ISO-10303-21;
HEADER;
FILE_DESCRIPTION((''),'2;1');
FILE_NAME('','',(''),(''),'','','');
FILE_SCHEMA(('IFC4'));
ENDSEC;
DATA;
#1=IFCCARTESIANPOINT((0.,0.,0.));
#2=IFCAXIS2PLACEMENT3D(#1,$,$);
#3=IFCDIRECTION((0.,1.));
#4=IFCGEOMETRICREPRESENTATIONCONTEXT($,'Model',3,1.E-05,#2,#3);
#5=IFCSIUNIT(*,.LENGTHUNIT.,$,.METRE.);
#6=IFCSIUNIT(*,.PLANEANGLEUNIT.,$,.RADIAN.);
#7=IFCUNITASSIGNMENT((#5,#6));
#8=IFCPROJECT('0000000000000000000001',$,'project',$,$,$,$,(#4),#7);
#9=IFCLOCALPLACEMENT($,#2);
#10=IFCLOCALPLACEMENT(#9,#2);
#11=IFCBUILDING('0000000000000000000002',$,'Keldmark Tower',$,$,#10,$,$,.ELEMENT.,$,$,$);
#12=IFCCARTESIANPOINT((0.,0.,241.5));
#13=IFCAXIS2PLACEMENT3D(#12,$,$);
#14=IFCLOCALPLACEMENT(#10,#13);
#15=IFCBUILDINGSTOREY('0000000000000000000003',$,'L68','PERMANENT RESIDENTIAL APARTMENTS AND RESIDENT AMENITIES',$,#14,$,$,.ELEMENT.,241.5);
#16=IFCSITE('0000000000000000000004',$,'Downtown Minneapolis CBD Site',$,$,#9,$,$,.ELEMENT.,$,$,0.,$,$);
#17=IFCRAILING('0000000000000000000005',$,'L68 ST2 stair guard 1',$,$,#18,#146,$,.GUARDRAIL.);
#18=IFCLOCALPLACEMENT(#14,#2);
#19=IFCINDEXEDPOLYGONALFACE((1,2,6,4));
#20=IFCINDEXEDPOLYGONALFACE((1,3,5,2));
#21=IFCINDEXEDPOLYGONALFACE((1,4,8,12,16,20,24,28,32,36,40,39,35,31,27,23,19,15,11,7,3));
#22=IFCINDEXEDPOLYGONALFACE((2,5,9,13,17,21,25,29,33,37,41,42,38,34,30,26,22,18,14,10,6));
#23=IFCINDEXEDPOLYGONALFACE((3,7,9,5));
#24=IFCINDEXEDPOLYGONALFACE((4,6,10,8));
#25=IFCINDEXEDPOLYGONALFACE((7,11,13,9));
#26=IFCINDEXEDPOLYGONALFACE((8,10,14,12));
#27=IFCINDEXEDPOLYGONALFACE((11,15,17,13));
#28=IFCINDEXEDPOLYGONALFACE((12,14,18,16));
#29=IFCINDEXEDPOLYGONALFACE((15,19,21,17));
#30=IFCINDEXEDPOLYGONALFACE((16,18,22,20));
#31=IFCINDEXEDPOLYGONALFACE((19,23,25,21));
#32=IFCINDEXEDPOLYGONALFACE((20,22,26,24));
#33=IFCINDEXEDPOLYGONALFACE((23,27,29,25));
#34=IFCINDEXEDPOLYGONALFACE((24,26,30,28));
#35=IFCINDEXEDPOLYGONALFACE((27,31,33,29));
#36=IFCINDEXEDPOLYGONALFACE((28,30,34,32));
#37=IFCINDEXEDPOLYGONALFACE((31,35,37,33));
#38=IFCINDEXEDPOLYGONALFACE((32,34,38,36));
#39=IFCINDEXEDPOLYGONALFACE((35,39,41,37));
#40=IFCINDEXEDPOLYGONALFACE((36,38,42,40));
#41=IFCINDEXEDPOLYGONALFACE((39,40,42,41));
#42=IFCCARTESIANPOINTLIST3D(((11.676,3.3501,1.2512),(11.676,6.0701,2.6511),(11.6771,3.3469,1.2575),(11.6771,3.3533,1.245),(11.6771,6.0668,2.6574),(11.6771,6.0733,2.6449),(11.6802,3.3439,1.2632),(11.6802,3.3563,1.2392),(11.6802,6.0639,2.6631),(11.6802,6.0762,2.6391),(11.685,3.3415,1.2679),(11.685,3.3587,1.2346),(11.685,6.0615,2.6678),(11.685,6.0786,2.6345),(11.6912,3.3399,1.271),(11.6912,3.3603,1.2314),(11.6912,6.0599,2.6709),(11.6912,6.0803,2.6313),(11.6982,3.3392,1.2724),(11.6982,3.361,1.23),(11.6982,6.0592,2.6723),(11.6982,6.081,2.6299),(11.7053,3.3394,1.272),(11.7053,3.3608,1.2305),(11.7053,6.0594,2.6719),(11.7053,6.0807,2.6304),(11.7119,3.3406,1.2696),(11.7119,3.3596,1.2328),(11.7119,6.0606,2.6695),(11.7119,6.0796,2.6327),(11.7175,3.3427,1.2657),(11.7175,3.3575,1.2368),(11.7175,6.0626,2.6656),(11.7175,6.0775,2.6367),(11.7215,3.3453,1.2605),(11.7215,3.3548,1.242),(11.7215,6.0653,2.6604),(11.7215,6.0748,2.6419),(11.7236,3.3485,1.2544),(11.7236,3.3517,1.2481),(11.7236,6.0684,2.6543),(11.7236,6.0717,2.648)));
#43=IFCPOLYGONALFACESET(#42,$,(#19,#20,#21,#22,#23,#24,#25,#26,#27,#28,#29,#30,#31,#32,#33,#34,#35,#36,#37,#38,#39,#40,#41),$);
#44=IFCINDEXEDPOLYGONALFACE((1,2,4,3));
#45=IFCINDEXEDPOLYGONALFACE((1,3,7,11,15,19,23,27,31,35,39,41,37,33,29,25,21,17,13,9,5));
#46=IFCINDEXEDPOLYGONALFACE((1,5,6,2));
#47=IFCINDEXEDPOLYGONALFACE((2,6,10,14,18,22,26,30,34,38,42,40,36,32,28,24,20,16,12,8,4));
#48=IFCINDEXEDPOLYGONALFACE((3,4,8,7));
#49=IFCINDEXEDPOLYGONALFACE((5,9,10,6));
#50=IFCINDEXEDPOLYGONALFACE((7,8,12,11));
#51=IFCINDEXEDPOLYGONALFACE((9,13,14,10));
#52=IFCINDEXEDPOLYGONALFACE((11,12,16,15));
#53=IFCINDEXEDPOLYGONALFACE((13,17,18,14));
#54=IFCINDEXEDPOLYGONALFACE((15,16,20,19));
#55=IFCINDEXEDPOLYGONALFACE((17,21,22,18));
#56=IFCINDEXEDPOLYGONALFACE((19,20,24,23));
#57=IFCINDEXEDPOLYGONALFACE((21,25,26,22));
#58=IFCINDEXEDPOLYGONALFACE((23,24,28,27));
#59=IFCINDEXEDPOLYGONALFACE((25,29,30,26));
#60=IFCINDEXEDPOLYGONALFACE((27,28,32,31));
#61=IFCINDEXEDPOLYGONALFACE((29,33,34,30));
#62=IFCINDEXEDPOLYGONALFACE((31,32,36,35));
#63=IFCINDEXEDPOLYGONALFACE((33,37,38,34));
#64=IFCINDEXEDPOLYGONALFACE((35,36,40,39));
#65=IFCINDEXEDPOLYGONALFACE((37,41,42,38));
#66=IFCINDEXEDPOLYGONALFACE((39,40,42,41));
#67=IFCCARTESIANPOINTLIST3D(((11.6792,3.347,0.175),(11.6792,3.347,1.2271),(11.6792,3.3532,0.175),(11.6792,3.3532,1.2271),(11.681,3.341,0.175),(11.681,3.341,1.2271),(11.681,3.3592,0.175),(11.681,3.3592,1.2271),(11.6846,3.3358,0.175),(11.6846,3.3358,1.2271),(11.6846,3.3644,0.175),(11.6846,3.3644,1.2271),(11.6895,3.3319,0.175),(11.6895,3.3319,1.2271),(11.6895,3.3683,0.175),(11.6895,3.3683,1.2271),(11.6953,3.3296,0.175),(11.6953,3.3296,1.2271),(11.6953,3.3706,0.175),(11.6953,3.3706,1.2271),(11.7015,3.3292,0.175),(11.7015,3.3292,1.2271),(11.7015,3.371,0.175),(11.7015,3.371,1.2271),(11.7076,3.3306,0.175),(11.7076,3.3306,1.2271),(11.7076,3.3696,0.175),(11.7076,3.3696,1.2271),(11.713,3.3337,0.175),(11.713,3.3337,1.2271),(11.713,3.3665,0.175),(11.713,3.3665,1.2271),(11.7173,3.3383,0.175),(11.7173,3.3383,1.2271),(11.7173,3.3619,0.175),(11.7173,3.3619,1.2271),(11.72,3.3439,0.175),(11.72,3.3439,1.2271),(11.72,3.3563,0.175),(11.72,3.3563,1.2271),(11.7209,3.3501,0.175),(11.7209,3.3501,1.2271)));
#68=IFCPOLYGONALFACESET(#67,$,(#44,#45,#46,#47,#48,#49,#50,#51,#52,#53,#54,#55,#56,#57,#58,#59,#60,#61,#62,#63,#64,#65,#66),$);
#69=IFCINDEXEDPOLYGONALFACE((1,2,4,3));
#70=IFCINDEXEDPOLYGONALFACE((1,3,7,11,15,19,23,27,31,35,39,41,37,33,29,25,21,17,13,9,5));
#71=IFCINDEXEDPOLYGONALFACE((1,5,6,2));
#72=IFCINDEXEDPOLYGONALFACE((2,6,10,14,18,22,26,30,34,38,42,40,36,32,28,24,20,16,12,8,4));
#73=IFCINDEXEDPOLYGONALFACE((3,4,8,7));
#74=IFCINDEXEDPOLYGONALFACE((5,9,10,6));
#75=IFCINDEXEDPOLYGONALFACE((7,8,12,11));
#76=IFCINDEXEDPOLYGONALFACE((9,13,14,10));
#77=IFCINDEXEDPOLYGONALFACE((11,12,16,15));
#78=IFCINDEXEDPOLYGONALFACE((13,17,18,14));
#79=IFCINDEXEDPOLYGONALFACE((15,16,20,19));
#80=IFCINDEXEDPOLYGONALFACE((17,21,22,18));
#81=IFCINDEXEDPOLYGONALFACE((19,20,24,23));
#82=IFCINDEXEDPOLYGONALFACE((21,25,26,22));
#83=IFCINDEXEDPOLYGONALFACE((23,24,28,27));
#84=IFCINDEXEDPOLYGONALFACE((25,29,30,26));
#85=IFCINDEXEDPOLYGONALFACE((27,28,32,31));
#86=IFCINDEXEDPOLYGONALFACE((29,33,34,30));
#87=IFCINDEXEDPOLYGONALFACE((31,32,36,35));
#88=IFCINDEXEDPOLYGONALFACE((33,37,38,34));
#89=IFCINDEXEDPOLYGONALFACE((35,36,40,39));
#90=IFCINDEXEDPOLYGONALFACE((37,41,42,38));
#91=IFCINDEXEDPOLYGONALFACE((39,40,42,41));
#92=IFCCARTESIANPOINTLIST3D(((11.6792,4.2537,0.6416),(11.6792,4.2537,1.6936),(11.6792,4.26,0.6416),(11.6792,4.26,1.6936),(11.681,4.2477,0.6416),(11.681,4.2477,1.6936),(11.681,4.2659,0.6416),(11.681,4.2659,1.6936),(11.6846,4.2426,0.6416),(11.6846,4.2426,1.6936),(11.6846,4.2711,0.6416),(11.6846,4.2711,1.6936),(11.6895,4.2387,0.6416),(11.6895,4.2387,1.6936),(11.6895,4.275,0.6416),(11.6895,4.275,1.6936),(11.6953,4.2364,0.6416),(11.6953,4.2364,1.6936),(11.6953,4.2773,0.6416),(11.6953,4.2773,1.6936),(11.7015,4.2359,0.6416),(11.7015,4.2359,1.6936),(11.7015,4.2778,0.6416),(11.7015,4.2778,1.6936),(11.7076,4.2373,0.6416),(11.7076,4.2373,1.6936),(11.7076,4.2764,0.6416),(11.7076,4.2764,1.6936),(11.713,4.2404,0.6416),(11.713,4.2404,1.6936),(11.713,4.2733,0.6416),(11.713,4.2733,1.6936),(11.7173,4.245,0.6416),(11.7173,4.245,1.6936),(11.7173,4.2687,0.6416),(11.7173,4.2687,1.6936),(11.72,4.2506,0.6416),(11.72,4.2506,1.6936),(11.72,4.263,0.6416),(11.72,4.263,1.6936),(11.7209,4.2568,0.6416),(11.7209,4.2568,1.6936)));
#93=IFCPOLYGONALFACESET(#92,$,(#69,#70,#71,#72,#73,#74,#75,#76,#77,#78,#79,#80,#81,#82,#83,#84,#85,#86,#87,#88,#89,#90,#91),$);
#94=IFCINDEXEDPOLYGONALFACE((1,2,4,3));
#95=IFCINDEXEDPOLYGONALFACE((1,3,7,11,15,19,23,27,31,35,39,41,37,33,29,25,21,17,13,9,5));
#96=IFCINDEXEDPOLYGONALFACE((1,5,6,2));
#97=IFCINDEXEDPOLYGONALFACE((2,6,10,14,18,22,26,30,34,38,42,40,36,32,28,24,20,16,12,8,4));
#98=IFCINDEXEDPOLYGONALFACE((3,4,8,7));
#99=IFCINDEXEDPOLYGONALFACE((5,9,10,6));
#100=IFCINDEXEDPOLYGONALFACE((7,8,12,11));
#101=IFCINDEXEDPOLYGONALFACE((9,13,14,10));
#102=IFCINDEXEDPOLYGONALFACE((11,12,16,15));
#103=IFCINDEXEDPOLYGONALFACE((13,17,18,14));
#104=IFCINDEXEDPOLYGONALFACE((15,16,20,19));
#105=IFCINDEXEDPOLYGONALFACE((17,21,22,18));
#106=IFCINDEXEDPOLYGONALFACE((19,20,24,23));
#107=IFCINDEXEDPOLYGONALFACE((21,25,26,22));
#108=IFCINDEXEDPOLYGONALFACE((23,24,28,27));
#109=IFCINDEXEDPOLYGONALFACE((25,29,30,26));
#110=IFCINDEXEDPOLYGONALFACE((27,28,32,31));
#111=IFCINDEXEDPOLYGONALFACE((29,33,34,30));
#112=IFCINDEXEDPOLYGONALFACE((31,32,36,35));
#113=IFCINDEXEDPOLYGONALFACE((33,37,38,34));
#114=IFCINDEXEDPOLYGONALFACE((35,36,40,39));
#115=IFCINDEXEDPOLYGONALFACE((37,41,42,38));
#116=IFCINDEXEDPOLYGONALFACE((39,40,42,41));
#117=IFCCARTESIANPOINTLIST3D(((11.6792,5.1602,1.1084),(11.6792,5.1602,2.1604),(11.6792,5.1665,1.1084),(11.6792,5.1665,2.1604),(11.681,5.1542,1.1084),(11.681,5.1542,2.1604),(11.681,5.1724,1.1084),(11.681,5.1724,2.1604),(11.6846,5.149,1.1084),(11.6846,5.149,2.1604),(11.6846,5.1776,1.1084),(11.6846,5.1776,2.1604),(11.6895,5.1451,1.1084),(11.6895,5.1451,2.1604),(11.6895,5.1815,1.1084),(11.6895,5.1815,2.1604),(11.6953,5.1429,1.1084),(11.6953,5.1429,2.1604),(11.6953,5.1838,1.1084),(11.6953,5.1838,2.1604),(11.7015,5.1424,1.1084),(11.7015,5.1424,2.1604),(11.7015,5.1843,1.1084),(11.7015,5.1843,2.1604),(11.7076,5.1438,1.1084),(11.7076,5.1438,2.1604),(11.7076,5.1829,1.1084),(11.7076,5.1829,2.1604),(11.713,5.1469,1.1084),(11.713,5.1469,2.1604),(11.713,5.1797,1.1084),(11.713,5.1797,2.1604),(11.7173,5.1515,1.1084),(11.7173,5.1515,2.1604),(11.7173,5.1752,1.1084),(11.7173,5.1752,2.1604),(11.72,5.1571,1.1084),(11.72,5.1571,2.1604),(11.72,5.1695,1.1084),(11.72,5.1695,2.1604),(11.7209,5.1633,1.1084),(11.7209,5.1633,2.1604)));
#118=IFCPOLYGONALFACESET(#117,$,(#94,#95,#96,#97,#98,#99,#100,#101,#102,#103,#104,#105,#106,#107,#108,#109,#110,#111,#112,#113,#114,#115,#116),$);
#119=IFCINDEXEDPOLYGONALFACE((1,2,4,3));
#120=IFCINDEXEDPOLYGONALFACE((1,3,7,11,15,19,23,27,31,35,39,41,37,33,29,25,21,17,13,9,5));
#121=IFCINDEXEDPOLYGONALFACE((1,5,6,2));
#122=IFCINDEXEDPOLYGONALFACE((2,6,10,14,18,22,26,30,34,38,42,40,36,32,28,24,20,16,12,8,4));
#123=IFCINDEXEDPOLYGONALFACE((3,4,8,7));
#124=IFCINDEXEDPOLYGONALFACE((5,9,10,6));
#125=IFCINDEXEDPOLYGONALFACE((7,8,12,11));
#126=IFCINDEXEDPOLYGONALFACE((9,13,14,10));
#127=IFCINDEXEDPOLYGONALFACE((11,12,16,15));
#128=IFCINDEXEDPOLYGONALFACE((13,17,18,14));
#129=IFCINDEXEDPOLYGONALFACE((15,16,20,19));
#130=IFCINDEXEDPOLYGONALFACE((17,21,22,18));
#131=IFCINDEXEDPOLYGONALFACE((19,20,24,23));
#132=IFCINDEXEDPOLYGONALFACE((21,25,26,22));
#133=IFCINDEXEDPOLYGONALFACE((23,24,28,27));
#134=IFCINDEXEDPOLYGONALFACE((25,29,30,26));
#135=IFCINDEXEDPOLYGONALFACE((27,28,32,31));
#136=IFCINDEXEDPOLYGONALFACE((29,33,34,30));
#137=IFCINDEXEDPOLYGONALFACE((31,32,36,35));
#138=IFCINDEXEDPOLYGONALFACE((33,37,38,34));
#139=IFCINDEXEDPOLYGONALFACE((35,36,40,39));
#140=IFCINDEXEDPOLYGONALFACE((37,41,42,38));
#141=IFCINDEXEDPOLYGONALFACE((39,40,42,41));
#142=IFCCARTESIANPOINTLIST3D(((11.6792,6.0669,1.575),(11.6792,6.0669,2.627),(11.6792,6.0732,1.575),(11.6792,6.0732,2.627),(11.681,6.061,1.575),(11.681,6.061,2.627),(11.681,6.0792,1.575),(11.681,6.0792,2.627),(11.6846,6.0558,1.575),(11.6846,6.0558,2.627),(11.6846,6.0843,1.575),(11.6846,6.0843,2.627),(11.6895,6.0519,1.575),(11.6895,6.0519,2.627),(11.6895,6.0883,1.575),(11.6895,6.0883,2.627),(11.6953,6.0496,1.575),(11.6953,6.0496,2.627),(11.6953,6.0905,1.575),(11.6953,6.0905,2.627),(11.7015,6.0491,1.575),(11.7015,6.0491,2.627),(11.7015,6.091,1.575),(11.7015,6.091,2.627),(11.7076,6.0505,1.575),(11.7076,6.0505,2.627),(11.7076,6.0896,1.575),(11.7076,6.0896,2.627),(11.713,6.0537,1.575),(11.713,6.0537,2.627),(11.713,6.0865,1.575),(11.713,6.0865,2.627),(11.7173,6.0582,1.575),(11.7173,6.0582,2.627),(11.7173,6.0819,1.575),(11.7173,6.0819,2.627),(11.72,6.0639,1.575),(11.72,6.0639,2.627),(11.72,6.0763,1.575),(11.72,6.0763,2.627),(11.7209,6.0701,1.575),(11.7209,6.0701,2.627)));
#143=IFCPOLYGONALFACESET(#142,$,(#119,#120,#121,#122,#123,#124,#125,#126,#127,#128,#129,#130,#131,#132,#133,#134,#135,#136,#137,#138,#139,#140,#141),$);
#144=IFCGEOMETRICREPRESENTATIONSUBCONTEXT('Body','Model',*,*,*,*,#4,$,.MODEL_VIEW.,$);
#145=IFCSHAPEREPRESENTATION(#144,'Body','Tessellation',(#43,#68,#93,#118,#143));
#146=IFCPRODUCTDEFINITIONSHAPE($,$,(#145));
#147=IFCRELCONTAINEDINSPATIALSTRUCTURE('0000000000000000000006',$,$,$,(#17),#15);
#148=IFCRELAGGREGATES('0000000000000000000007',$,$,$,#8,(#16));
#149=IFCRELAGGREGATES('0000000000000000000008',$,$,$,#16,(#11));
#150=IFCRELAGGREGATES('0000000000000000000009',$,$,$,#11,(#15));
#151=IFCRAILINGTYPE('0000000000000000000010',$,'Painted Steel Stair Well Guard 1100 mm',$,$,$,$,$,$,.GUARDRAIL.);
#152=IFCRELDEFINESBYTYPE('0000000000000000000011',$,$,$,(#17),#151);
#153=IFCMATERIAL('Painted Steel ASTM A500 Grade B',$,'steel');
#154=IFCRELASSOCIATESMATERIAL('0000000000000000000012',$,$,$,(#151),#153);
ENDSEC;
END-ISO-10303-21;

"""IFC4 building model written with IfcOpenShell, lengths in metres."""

from ifc_helpers import new_model, si_unit, direction, frame, origin, origin_2d, place, context, subcontext, project, spatial, circle, extrude, material, type_object, element, save


model = new_model("IFC4")

# Units and contexts
model_context = context("Model", 3, precision=1e-05, world=origin(), true_north=direction((0.0, 1.0)))
body_context = subcontext(model_context, "Body", "Model", "MODEL_VIEW")
ifc_project = project(units=[si_unit("LENGTHUNIT", "METRE"), si_unit("PLANEANGLEUNIT", "RADIAN")], contexts=[model_context])

# Site, building, storey
site_placement = place(None, origin())
site = spatial("IfcSite", under=ifc_project, at=site_placement, Name="Downtown Minneapolis CBD Site", CompositionType="ELEMENT", RefElevation=0.0)
building_placement = place(site_placement, origin())
building = spatial("IfcBuilding", under=site, at=building_placement, Name="Keldmark Tower", CompositionType="ELEMENT")
storey_placement = place(building_placement, frame((0.0, 0.0, 241.5)))
storey = spatial("IfcBuildingStorey", under=building, at=storey_placement, Name="L68", Description="PERMANENT RESIDENTIAL APARTMENTS AND RESIDENT AMENITIES", CompositionType="ELEMENT", Elevation=241.5)

# Railing
ifc_material_1 = material(Name="Painted Steel ASTM A500 Grade B", Category="steel")
railing_type_1 = type_object("IfcRailingType", Name="Painted Steel Stair Well Guard 1100 mm", PredefinedType="GUARDRAIL", material=ifc_material_1)
railing_1_placement = place(storey_placement, frame((11.7, 3.3501, 0.175)))
element("IfcRailing", 1, at=railing_1_placement, inside=storey, type_object=railing_type_1, Name="L68 ST2 stair guard 1", PredefinedType="GUARDRAIL", context=body_context, shape_type="SweptSolid", body=[
    extrude(circle(Radius=0.0239, at=origin_2d()), frame((0.0, 0.0, 1.0762), z_axis=(0.0, 0.889147, 0.457622), x_axis=(-1.0, 0.0, 0.0)), (0.0, 0.0, 1.0), 3.0591),
    extrude(circle(Radius=0.021, at=origin_2d()), origin(), (0.0, 0.0, 1.0), 1.052),
    extrude(circle(Radius=0.021, at=origin_2d()), frame((0.0, 0.9067, 0.4666)), (0.0, 0.0, 1.0), 1.052),
    extrude(circle(Radius=0.021, at=origin_2d()), frame((0.0, 1.8132, 0.9333)), (0.0, 0.0, 1.0), 1.052),
    extrude(circle(Radius=0.021, at=origin_2d()), frame((0.0, 2.72, 1.3999)), (0.0, 0.0, 1.0), 1.052),
])

save(model, "model.ifc")
